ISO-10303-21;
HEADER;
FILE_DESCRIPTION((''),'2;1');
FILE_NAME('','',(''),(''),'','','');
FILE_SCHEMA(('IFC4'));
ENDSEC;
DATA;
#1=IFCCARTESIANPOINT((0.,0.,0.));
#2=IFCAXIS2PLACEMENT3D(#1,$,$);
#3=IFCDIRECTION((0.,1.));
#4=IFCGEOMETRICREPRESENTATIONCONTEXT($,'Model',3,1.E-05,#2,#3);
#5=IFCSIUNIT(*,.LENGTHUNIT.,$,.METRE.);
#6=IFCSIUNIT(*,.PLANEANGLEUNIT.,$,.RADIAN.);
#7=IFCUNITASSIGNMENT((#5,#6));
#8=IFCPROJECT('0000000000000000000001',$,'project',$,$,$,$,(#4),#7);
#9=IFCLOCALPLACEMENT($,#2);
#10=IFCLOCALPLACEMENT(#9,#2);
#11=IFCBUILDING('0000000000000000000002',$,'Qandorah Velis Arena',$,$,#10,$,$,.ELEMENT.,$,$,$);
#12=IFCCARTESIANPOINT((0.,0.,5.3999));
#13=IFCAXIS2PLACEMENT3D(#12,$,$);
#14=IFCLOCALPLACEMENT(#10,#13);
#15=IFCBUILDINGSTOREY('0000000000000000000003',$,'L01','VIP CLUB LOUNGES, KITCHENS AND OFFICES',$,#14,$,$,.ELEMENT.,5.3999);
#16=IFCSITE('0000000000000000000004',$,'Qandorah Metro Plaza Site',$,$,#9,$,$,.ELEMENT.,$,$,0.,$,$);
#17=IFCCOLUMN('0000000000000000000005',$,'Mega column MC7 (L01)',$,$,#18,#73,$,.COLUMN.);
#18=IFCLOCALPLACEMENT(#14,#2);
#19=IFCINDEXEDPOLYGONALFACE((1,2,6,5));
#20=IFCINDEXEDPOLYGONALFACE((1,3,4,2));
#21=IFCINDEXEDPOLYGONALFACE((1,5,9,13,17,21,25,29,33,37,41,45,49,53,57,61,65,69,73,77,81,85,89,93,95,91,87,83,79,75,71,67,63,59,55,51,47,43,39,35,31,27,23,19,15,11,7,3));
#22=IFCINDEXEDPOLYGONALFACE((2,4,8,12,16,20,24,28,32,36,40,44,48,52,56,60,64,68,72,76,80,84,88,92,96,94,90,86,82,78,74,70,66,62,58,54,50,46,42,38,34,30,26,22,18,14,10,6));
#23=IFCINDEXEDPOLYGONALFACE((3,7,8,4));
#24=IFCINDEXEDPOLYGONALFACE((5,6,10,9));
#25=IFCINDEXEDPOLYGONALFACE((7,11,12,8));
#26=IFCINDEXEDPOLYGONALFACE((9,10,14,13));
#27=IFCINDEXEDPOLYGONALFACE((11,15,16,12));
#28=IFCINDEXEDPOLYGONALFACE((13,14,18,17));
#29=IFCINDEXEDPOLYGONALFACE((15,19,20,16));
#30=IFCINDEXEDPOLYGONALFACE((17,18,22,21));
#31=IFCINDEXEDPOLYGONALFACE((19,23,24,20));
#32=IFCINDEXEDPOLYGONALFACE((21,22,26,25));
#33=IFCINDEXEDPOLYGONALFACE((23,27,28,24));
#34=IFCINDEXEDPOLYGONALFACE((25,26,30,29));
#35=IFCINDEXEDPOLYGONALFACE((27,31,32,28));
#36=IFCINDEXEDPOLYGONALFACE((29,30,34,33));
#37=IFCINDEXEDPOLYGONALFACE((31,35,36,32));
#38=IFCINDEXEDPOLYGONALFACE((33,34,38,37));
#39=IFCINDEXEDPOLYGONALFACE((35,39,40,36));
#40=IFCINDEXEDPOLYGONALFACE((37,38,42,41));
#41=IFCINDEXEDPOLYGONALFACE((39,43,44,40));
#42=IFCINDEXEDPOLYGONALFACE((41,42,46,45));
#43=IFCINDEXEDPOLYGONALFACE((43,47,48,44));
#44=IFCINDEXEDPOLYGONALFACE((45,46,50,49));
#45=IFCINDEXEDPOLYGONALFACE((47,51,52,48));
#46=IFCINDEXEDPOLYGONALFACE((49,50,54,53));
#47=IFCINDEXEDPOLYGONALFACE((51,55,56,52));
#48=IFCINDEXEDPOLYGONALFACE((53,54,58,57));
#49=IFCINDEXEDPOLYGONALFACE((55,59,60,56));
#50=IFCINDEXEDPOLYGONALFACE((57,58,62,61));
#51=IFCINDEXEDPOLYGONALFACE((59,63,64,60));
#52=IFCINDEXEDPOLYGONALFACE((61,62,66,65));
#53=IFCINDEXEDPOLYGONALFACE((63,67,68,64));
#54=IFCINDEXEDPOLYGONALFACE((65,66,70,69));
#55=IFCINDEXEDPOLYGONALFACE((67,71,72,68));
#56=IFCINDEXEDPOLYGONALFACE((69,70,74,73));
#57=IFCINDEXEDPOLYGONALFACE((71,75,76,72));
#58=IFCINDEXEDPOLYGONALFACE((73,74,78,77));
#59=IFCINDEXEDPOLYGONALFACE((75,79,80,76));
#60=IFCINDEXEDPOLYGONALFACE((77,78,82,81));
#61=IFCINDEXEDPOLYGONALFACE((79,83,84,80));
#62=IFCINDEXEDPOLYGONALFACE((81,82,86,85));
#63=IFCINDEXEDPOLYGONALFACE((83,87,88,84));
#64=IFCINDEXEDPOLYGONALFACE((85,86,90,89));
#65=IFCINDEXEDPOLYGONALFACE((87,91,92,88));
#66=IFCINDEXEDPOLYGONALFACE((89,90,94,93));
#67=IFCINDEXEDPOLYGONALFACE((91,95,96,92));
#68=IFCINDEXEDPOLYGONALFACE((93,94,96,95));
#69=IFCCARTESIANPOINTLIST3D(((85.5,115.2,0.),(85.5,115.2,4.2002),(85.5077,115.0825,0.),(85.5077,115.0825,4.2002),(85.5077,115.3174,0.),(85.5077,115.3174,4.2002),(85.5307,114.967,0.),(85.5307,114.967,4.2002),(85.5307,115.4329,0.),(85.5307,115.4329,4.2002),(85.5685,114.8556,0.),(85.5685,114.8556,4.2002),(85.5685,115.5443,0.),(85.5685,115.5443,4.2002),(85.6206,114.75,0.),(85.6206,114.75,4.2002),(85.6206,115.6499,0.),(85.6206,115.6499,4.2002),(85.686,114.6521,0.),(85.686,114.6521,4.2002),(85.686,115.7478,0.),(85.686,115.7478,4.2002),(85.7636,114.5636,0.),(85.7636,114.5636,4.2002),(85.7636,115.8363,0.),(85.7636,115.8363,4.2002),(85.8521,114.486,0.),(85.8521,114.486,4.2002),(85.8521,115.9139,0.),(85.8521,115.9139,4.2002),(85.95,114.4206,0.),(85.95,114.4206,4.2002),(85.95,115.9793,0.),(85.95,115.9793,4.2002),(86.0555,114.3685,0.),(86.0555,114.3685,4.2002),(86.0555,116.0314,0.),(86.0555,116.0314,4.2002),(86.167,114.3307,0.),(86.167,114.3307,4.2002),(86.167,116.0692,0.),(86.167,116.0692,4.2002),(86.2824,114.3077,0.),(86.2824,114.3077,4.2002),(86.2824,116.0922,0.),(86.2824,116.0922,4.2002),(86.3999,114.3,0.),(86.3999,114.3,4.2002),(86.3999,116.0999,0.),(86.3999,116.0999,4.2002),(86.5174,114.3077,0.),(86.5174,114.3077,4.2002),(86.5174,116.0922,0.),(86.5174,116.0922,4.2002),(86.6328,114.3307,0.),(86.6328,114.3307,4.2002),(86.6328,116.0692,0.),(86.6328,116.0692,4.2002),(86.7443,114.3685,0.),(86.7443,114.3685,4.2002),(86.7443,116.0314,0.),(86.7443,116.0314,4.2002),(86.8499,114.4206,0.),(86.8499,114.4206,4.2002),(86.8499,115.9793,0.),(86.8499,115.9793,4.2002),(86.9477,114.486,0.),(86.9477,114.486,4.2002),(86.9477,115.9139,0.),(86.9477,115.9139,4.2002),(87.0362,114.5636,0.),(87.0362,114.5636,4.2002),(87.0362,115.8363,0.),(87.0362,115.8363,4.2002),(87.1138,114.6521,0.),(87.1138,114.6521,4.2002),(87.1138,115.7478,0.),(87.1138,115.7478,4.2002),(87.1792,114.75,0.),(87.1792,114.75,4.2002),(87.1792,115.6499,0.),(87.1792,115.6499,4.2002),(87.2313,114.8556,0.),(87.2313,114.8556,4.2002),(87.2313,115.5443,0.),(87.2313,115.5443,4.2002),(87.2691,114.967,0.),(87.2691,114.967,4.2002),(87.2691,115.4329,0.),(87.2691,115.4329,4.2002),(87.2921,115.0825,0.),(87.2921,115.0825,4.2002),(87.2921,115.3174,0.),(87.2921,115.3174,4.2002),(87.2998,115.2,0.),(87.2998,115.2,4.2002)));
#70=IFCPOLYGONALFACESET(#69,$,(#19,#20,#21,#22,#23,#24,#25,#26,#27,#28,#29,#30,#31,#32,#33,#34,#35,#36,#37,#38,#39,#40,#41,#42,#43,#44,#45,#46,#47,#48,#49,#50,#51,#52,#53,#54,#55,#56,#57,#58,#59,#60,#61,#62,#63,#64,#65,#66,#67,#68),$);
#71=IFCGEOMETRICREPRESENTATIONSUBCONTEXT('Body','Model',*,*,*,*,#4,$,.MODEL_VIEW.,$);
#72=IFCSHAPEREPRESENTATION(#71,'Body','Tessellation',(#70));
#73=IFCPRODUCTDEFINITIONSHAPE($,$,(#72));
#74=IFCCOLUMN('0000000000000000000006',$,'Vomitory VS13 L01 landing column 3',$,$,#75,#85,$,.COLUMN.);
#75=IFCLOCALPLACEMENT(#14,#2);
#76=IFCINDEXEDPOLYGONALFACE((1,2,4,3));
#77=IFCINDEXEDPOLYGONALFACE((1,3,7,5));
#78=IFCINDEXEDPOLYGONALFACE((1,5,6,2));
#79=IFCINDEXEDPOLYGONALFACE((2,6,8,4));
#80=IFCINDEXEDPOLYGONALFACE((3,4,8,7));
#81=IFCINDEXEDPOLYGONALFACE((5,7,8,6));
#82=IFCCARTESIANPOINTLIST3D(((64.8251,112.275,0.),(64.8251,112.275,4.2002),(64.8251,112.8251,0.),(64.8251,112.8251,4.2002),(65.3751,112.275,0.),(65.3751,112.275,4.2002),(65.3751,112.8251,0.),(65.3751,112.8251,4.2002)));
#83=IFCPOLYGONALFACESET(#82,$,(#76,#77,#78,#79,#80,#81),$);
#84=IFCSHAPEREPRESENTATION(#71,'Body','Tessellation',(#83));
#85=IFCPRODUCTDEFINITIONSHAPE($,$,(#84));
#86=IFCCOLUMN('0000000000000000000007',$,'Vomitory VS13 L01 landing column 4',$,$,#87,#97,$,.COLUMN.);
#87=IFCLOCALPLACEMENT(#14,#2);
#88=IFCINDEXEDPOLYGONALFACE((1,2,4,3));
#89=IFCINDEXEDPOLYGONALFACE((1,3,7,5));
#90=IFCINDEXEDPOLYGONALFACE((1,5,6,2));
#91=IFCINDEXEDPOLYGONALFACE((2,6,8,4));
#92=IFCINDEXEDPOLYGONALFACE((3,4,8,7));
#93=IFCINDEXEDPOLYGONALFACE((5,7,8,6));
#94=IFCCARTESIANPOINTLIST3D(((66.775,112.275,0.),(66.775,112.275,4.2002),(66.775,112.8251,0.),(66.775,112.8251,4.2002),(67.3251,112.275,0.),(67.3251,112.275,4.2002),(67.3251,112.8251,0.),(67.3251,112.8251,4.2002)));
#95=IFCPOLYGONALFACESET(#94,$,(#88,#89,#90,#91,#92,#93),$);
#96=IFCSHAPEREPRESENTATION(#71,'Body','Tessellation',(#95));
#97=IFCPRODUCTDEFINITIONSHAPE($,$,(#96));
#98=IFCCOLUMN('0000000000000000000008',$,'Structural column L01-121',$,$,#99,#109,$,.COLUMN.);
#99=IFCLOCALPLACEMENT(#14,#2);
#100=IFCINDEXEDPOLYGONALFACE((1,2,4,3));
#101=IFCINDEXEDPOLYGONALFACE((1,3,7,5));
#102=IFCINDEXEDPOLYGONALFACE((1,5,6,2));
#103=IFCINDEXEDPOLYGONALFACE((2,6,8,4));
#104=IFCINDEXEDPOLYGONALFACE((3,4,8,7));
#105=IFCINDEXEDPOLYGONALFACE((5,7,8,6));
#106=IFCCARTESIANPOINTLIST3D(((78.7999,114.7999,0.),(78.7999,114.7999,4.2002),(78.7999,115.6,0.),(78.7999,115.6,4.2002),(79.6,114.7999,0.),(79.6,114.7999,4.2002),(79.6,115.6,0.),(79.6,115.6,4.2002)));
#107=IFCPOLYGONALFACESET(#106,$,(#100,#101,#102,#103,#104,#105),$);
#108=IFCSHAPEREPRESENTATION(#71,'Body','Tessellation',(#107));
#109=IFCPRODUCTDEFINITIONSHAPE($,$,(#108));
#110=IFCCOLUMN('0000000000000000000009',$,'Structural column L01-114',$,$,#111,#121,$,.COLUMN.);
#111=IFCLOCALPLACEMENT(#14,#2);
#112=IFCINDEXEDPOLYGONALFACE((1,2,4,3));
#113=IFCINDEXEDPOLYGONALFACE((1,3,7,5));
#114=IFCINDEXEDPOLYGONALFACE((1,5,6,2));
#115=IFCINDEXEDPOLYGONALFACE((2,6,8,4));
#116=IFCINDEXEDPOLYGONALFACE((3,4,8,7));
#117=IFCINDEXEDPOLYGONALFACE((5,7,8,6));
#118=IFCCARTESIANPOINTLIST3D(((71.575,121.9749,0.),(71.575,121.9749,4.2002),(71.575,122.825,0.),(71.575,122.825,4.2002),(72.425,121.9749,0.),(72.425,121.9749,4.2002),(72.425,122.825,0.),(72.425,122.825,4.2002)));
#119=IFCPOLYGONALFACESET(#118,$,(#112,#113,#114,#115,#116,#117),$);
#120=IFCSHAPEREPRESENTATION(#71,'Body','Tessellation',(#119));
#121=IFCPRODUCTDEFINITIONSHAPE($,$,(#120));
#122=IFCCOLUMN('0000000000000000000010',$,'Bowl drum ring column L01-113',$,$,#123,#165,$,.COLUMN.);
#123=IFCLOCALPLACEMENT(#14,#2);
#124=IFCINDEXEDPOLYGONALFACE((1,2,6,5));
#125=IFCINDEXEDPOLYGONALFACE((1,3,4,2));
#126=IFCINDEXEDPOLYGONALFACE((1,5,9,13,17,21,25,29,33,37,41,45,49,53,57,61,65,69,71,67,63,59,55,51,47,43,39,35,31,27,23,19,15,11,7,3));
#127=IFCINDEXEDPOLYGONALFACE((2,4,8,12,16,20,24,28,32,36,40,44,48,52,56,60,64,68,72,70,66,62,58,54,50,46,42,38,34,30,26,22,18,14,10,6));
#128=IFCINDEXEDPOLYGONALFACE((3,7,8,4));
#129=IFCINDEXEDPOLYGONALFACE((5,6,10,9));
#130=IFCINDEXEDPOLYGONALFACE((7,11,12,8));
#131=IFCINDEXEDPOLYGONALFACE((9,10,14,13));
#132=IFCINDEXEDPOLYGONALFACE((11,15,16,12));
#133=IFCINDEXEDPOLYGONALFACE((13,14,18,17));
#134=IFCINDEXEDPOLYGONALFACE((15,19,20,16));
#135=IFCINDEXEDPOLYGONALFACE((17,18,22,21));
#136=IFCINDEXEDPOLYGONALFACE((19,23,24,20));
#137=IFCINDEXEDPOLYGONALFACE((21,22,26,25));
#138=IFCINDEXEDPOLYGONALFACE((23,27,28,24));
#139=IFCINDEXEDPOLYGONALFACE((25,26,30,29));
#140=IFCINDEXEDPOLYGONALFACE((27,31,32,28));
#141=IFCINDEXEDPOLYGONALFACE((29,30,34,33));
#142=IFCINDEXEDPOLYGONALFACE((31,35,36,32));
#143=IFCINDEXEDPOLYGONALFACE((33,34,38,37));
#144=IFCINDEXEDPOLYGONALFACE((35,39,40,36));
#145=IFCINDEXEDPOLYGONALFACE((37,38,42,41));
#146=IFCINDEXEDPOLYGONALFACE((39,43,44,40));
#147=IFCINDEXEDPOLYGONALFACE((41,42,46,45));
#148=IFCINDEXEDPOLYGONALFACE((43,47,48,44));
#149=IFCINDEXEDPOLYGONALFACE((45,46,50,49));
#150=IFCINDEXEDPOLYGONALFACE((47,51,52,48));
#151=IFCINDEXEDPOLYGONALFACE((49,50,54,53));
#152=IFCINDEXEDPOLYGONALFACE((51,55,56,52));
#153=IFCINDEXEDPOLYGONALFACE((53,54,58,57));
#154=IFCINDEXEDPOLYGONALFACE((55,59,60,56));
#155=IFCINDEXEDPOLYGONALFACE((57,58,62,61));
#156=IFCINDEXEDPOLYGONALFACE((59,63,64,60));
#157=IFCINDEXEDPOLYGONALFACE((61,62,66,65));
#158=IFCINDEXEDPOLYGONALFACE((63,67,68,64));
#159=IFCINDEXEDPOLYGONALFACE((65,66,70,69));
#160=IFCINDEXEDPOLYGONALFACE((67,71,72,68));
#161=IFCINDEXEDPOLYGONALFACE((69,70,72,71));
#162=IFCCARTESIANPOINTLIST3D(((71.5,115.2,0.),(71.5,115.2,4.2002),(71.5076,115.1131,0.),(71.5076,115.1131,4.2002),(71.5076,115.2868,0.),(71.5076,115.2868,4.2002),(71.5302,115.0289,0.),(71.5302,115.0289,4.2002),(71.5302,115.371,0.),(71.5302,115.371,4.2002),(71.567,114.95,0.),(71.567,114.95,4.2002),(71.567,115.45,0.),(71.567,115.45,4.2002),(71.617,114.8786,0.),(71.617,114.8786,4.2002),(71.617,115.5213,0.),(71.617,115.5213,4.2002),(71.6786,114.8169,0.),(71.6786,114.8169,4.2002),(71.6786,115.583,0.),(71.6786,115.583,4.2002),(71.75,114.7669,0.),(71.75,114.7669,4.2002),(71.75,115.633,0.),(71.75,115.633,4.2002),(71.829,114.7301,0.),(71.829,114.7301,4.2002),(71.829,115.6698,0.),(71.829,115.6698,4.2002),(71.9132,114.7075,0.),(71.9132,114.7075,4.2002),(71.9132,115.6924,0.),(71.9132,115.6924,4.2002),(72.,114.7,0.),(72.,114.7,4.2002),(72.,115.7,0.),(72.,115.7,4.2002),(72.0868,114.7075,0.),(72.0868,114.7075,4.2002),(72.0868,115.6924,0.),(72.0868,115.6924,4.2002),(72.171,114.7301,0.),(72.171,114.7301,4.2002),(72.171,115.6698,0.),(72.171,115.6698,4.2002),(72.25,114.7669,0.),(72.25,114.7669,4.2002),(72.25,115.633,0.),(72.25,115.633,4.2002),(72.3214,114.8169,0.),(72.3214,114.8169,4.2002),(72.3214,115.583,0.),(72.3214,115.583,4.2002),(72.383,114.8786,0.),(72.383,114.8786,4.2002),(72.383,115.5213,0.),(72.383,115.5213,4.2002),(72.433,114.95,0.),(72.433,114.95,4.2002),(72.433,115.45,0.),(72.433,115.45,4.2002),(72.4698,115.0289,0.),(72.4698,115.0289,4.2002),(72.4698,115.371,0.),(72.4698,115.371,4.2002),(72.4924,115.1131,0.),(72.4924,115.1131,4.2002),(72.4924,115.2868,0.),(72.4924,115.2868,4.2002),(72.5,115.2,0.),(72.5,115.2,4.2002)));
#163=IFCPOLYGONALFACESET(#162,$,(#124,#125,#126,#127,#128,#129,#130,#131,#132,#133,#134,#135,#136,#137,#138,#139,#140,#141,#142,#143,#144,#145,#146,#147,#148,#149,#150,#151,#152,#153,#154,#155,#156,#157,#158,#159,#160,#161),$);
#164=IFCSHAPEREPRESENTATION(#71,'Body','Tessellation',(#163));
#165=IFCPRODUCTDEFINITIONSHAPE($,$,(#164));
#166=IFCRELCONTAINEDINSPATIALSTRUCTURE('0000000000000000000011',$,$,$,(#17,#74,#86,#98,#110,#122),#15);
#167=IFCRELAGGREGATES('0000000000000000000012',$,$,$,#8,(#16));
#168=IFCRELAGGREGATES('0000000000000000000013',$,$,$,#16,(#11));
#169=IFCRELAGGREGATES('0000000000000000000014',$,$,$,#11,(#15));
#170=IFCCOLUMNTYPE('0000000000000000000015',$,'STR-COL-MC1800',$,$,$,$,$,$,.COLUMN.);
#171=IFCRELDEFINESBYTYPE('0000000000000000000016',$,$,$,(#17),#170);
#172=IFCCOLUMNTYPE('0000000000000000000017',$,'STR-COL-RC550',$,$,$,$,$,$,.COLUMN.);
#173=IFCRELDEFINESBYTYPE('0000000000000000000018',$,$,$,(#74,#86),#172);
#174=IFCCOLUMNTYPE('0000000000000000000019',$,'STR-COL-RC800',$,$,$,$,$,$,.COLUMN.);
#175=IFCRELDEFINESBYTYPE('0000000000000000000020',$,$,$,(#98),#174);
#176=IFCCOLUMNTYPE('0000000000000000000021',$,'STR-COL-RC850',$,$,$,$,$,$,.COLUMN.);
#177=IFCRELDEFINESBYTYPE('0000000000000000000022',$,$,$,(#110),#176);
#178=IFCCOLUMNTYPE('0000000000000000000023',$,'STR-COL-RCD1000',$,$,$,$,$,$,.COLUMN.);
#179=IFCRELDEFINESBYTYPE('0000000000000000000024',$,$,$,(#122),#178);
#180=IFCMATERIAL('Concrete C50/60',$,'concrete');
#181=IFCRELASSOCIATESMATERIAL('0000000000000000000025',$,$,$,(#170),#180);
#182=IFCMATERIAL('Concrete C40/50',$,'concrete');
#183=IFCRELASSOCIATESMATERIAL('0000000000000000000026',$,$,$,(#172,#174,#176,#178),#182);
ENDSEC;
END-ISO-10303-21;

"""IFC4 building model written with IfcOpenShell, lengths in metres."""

from ifc_helpers import new_model, si_unit, direction, frame, origin, origin_2d, place, context, subcontext, project, spatial, rectangle, circle, extrude, material, material_profile, profile_set, type_object, element, save


model = new_model("IFC4")

# Units and contexts
model_context = context("Model", 3, precision=1e-05, world=origin(), true_north=direction((0.0, 1.0)))
body_context = subcontext(model_context, "Body", "Model", "MODEL_VIEW")
ifc_project = project(units=[si_unit("LENGTHUNIT", "METRE"), si_unit("PLANEANGLEUNIT", "RADIAN")], contexts=[model_context])

# Site, building, storey
site_placement = place(None, origin())
site = spatial("IfcSite", under=ifc_project, at=site_placement, Name="Qandorah Metro Plaza Site", CompositionType="ELEMENT", RefElevation=0.0)
building_placement = place(site_placement, origin())
building = spatial("IfcBuilding", under=site, at=building_placement, Name="Qandorah Velis Arena", CompositionType="ELEMENT")
storey_placement = place(building_placement, frame((0.0, 0.0, 5.3999)))
storey = spatial("IfcBuildingStorey", under=building, at=storey_placement, Name="L01", Description="VIP CLUB LOUNGES, KITCHENS AND OFFICES", CompositionType="ELEMENT", Elevation=5.3999)

# Columns
ifc_material_1 = material(Name="Concrete C50/60", Category="concrete")
ifc_material_profile_1 = material_profile(ifc_material_1, circle(Radius=0.8999, at=origin_2d()), Name="MC D1800")
ifc_profile_set_1 = profile_set([ifc_material_profile_1], Name="Concrete C50/60")
column_type_1 = type_object("IfcColumnType", Name="STR-COL-MC1800", PredefinedType="COLUMN", material=ifc_profile_set_1)
column_1_placement = place(storey_placement, frame((86.3999, 115.2, 0.0), z_axis=(0.0, 0.0, 1.0), x_axis=(1.0, 0.0, 0.0)))
element("IfcColumn", 1, at=column_1_placement, inside=storey, type_object=column_type_1, Name="Mega column MC7 (L01)", PredefinedType="COLUMN", context=body_context, shape_type="SweptSolid", body=[
    extrude(circle(Radius=0.8999, at=origin_2d()), origin(), (0.0, 0.0, 1.0), 4.2002),
])
ifc_material_2 = material(Name="Concrete C40/50", Category="concrete")
ifc_material_profile_2 = material_profile(ifc_material_2, rectangle(XDim=0.55, YDim=0.55, at=origin_2d()), Name="RC COL 550x550")
ifc_profile_set_2 = profile_set([ifc_material_profile_2], Name="Concrete C40/50")
column_type_2 = type_object("IfcColumnType", Name="STR-COL-RC550", PredefinedType="COLUMN", material=ifc_profile_set_2)
for number, where, z_axis, x_axis, name in (
    (2, (65.1001, 112.55, 0.0), (0.0, 0.0, 1.0), (1.0, 0.0, 0.0), "Vomitory VS13 L01 landing column 3"),
    (3, (67.05, 112.55, 0.0), (0.0, 0.0, 1.0), (1.0, 0.0, 0.0), "Vomitory VS13 L01 landing column 4"),
):
    element("IfcColumn", number, at=place(storey_placement, frame(where, z_axis=z_axis, x_axis=x_axis)), inside=storey, type_object=column_type_2, Name=name, PredefinedType="COLUMN", context=body_context, shape_type="SweptSolid", body=[
        extrude(rectangle(XDim=0.55, YDim=0.55, at=origin_2d()), origin(), (0.0, 0.0, 1.0), 4.2002),
    ])
ifc_material_profile_3 = material_profile(ifc_material_2, rectangle(XDim=0.8, YDim=0.8, at=origin_2d()), Name="RC COL 800x800")
ifc_profile_set_3 = profile_set([ifc_material_profile_3], Name="Concrete C40/50")
column_type_3 = type_object("IfcColumnType", Name="STR-COL-RC800", PredefinedType="COLUMN", material=ifc_profile_set_3)
column_2_placement = place(storey_placement, frame((79.2, 115.2, 0.0), z_axis=(0.0, 0.0, 1.0), x_axis=(1.0, 0.0, 0.0)))
element("IfcColumn", 4, at=column_2_placement, inside=storey, type_object=column_type_3, Name="Structural column L01-121", PredefinedType="COLUMN", context=body_context, shape_type="SweptSolid", body=[
    extrude(rectangle(XDim=0.8, YDim=0.8, at=origin_2d()), origin(), (0.0, 0.0, 1.0), 4.2002),
])
ifc_material_profile_4 = material_profile(ifc_material_2, rectangle(XDim=0.8501, YDim=0.8501, at=origin_2d()), Name="RC COL 850x850")
ifc_profile_set_4 = profile_set([ifc_material_profile_4], Name="Concrete C40/50")
column_type_4 = type_object("IfcColumnType", Name="STR-COL-RC850", PredefinedType="COLUMN", material=ifc_profile_set_4)
column_3_placement = place(storey_placement, frame((72.0, 122.3999, 0.0), z_axis=(0.0, 0.0, 1.0), x_axis=(1.0, 0.0, 0.0)))
element("IfcColumn", 5, at=column_3_placement, inside=storey, type_object=column_type_4, Name="Structural column L01-114", PredefinedType="COLUMN", context=body_context, shape_type="SweptSolid", body=[
    extrude(rectangle(XDim=0.8501, YDim=0.8501, at=origin_2d()), origin(), (0.0, 0.0, 1.0), 4.2002),
])
ifc_material_profile_5 = material_profile(ifc_material_2, circle(Radius=0.5, at=origin_2d()), Name="RC D1000")
ifc_profile_set_5 = profile_set([ifc_material_profile_5], Name="Concrete C40/50")
column_type_5 = type_object("IfcColumnType", Name="STR-COL-RCD1000", PredefinedType="COLUMN", material=ifc_profile_set_5)
column_4_placement = place(storey_placement, frame((72.0, 115.2, 0.0), z_axis=(0.0, 0.0, 1.0), x_axis=(1.0, 0.0, 0.0)))
element("IfcColumn", 6, at=column_4_placement, inside=storey, type_object=column_type_5, Name="Bowl drum ring column L01-113", PredefinedType="COLUMN", context=body_context, shape_type="SweptSolid", body=[
    extrude(circle(Radius=0.5, at=origin_2d()), origin(), (0.0, 0.0, 1.0), 4.2002),
])

save(model, "model.ifc")
